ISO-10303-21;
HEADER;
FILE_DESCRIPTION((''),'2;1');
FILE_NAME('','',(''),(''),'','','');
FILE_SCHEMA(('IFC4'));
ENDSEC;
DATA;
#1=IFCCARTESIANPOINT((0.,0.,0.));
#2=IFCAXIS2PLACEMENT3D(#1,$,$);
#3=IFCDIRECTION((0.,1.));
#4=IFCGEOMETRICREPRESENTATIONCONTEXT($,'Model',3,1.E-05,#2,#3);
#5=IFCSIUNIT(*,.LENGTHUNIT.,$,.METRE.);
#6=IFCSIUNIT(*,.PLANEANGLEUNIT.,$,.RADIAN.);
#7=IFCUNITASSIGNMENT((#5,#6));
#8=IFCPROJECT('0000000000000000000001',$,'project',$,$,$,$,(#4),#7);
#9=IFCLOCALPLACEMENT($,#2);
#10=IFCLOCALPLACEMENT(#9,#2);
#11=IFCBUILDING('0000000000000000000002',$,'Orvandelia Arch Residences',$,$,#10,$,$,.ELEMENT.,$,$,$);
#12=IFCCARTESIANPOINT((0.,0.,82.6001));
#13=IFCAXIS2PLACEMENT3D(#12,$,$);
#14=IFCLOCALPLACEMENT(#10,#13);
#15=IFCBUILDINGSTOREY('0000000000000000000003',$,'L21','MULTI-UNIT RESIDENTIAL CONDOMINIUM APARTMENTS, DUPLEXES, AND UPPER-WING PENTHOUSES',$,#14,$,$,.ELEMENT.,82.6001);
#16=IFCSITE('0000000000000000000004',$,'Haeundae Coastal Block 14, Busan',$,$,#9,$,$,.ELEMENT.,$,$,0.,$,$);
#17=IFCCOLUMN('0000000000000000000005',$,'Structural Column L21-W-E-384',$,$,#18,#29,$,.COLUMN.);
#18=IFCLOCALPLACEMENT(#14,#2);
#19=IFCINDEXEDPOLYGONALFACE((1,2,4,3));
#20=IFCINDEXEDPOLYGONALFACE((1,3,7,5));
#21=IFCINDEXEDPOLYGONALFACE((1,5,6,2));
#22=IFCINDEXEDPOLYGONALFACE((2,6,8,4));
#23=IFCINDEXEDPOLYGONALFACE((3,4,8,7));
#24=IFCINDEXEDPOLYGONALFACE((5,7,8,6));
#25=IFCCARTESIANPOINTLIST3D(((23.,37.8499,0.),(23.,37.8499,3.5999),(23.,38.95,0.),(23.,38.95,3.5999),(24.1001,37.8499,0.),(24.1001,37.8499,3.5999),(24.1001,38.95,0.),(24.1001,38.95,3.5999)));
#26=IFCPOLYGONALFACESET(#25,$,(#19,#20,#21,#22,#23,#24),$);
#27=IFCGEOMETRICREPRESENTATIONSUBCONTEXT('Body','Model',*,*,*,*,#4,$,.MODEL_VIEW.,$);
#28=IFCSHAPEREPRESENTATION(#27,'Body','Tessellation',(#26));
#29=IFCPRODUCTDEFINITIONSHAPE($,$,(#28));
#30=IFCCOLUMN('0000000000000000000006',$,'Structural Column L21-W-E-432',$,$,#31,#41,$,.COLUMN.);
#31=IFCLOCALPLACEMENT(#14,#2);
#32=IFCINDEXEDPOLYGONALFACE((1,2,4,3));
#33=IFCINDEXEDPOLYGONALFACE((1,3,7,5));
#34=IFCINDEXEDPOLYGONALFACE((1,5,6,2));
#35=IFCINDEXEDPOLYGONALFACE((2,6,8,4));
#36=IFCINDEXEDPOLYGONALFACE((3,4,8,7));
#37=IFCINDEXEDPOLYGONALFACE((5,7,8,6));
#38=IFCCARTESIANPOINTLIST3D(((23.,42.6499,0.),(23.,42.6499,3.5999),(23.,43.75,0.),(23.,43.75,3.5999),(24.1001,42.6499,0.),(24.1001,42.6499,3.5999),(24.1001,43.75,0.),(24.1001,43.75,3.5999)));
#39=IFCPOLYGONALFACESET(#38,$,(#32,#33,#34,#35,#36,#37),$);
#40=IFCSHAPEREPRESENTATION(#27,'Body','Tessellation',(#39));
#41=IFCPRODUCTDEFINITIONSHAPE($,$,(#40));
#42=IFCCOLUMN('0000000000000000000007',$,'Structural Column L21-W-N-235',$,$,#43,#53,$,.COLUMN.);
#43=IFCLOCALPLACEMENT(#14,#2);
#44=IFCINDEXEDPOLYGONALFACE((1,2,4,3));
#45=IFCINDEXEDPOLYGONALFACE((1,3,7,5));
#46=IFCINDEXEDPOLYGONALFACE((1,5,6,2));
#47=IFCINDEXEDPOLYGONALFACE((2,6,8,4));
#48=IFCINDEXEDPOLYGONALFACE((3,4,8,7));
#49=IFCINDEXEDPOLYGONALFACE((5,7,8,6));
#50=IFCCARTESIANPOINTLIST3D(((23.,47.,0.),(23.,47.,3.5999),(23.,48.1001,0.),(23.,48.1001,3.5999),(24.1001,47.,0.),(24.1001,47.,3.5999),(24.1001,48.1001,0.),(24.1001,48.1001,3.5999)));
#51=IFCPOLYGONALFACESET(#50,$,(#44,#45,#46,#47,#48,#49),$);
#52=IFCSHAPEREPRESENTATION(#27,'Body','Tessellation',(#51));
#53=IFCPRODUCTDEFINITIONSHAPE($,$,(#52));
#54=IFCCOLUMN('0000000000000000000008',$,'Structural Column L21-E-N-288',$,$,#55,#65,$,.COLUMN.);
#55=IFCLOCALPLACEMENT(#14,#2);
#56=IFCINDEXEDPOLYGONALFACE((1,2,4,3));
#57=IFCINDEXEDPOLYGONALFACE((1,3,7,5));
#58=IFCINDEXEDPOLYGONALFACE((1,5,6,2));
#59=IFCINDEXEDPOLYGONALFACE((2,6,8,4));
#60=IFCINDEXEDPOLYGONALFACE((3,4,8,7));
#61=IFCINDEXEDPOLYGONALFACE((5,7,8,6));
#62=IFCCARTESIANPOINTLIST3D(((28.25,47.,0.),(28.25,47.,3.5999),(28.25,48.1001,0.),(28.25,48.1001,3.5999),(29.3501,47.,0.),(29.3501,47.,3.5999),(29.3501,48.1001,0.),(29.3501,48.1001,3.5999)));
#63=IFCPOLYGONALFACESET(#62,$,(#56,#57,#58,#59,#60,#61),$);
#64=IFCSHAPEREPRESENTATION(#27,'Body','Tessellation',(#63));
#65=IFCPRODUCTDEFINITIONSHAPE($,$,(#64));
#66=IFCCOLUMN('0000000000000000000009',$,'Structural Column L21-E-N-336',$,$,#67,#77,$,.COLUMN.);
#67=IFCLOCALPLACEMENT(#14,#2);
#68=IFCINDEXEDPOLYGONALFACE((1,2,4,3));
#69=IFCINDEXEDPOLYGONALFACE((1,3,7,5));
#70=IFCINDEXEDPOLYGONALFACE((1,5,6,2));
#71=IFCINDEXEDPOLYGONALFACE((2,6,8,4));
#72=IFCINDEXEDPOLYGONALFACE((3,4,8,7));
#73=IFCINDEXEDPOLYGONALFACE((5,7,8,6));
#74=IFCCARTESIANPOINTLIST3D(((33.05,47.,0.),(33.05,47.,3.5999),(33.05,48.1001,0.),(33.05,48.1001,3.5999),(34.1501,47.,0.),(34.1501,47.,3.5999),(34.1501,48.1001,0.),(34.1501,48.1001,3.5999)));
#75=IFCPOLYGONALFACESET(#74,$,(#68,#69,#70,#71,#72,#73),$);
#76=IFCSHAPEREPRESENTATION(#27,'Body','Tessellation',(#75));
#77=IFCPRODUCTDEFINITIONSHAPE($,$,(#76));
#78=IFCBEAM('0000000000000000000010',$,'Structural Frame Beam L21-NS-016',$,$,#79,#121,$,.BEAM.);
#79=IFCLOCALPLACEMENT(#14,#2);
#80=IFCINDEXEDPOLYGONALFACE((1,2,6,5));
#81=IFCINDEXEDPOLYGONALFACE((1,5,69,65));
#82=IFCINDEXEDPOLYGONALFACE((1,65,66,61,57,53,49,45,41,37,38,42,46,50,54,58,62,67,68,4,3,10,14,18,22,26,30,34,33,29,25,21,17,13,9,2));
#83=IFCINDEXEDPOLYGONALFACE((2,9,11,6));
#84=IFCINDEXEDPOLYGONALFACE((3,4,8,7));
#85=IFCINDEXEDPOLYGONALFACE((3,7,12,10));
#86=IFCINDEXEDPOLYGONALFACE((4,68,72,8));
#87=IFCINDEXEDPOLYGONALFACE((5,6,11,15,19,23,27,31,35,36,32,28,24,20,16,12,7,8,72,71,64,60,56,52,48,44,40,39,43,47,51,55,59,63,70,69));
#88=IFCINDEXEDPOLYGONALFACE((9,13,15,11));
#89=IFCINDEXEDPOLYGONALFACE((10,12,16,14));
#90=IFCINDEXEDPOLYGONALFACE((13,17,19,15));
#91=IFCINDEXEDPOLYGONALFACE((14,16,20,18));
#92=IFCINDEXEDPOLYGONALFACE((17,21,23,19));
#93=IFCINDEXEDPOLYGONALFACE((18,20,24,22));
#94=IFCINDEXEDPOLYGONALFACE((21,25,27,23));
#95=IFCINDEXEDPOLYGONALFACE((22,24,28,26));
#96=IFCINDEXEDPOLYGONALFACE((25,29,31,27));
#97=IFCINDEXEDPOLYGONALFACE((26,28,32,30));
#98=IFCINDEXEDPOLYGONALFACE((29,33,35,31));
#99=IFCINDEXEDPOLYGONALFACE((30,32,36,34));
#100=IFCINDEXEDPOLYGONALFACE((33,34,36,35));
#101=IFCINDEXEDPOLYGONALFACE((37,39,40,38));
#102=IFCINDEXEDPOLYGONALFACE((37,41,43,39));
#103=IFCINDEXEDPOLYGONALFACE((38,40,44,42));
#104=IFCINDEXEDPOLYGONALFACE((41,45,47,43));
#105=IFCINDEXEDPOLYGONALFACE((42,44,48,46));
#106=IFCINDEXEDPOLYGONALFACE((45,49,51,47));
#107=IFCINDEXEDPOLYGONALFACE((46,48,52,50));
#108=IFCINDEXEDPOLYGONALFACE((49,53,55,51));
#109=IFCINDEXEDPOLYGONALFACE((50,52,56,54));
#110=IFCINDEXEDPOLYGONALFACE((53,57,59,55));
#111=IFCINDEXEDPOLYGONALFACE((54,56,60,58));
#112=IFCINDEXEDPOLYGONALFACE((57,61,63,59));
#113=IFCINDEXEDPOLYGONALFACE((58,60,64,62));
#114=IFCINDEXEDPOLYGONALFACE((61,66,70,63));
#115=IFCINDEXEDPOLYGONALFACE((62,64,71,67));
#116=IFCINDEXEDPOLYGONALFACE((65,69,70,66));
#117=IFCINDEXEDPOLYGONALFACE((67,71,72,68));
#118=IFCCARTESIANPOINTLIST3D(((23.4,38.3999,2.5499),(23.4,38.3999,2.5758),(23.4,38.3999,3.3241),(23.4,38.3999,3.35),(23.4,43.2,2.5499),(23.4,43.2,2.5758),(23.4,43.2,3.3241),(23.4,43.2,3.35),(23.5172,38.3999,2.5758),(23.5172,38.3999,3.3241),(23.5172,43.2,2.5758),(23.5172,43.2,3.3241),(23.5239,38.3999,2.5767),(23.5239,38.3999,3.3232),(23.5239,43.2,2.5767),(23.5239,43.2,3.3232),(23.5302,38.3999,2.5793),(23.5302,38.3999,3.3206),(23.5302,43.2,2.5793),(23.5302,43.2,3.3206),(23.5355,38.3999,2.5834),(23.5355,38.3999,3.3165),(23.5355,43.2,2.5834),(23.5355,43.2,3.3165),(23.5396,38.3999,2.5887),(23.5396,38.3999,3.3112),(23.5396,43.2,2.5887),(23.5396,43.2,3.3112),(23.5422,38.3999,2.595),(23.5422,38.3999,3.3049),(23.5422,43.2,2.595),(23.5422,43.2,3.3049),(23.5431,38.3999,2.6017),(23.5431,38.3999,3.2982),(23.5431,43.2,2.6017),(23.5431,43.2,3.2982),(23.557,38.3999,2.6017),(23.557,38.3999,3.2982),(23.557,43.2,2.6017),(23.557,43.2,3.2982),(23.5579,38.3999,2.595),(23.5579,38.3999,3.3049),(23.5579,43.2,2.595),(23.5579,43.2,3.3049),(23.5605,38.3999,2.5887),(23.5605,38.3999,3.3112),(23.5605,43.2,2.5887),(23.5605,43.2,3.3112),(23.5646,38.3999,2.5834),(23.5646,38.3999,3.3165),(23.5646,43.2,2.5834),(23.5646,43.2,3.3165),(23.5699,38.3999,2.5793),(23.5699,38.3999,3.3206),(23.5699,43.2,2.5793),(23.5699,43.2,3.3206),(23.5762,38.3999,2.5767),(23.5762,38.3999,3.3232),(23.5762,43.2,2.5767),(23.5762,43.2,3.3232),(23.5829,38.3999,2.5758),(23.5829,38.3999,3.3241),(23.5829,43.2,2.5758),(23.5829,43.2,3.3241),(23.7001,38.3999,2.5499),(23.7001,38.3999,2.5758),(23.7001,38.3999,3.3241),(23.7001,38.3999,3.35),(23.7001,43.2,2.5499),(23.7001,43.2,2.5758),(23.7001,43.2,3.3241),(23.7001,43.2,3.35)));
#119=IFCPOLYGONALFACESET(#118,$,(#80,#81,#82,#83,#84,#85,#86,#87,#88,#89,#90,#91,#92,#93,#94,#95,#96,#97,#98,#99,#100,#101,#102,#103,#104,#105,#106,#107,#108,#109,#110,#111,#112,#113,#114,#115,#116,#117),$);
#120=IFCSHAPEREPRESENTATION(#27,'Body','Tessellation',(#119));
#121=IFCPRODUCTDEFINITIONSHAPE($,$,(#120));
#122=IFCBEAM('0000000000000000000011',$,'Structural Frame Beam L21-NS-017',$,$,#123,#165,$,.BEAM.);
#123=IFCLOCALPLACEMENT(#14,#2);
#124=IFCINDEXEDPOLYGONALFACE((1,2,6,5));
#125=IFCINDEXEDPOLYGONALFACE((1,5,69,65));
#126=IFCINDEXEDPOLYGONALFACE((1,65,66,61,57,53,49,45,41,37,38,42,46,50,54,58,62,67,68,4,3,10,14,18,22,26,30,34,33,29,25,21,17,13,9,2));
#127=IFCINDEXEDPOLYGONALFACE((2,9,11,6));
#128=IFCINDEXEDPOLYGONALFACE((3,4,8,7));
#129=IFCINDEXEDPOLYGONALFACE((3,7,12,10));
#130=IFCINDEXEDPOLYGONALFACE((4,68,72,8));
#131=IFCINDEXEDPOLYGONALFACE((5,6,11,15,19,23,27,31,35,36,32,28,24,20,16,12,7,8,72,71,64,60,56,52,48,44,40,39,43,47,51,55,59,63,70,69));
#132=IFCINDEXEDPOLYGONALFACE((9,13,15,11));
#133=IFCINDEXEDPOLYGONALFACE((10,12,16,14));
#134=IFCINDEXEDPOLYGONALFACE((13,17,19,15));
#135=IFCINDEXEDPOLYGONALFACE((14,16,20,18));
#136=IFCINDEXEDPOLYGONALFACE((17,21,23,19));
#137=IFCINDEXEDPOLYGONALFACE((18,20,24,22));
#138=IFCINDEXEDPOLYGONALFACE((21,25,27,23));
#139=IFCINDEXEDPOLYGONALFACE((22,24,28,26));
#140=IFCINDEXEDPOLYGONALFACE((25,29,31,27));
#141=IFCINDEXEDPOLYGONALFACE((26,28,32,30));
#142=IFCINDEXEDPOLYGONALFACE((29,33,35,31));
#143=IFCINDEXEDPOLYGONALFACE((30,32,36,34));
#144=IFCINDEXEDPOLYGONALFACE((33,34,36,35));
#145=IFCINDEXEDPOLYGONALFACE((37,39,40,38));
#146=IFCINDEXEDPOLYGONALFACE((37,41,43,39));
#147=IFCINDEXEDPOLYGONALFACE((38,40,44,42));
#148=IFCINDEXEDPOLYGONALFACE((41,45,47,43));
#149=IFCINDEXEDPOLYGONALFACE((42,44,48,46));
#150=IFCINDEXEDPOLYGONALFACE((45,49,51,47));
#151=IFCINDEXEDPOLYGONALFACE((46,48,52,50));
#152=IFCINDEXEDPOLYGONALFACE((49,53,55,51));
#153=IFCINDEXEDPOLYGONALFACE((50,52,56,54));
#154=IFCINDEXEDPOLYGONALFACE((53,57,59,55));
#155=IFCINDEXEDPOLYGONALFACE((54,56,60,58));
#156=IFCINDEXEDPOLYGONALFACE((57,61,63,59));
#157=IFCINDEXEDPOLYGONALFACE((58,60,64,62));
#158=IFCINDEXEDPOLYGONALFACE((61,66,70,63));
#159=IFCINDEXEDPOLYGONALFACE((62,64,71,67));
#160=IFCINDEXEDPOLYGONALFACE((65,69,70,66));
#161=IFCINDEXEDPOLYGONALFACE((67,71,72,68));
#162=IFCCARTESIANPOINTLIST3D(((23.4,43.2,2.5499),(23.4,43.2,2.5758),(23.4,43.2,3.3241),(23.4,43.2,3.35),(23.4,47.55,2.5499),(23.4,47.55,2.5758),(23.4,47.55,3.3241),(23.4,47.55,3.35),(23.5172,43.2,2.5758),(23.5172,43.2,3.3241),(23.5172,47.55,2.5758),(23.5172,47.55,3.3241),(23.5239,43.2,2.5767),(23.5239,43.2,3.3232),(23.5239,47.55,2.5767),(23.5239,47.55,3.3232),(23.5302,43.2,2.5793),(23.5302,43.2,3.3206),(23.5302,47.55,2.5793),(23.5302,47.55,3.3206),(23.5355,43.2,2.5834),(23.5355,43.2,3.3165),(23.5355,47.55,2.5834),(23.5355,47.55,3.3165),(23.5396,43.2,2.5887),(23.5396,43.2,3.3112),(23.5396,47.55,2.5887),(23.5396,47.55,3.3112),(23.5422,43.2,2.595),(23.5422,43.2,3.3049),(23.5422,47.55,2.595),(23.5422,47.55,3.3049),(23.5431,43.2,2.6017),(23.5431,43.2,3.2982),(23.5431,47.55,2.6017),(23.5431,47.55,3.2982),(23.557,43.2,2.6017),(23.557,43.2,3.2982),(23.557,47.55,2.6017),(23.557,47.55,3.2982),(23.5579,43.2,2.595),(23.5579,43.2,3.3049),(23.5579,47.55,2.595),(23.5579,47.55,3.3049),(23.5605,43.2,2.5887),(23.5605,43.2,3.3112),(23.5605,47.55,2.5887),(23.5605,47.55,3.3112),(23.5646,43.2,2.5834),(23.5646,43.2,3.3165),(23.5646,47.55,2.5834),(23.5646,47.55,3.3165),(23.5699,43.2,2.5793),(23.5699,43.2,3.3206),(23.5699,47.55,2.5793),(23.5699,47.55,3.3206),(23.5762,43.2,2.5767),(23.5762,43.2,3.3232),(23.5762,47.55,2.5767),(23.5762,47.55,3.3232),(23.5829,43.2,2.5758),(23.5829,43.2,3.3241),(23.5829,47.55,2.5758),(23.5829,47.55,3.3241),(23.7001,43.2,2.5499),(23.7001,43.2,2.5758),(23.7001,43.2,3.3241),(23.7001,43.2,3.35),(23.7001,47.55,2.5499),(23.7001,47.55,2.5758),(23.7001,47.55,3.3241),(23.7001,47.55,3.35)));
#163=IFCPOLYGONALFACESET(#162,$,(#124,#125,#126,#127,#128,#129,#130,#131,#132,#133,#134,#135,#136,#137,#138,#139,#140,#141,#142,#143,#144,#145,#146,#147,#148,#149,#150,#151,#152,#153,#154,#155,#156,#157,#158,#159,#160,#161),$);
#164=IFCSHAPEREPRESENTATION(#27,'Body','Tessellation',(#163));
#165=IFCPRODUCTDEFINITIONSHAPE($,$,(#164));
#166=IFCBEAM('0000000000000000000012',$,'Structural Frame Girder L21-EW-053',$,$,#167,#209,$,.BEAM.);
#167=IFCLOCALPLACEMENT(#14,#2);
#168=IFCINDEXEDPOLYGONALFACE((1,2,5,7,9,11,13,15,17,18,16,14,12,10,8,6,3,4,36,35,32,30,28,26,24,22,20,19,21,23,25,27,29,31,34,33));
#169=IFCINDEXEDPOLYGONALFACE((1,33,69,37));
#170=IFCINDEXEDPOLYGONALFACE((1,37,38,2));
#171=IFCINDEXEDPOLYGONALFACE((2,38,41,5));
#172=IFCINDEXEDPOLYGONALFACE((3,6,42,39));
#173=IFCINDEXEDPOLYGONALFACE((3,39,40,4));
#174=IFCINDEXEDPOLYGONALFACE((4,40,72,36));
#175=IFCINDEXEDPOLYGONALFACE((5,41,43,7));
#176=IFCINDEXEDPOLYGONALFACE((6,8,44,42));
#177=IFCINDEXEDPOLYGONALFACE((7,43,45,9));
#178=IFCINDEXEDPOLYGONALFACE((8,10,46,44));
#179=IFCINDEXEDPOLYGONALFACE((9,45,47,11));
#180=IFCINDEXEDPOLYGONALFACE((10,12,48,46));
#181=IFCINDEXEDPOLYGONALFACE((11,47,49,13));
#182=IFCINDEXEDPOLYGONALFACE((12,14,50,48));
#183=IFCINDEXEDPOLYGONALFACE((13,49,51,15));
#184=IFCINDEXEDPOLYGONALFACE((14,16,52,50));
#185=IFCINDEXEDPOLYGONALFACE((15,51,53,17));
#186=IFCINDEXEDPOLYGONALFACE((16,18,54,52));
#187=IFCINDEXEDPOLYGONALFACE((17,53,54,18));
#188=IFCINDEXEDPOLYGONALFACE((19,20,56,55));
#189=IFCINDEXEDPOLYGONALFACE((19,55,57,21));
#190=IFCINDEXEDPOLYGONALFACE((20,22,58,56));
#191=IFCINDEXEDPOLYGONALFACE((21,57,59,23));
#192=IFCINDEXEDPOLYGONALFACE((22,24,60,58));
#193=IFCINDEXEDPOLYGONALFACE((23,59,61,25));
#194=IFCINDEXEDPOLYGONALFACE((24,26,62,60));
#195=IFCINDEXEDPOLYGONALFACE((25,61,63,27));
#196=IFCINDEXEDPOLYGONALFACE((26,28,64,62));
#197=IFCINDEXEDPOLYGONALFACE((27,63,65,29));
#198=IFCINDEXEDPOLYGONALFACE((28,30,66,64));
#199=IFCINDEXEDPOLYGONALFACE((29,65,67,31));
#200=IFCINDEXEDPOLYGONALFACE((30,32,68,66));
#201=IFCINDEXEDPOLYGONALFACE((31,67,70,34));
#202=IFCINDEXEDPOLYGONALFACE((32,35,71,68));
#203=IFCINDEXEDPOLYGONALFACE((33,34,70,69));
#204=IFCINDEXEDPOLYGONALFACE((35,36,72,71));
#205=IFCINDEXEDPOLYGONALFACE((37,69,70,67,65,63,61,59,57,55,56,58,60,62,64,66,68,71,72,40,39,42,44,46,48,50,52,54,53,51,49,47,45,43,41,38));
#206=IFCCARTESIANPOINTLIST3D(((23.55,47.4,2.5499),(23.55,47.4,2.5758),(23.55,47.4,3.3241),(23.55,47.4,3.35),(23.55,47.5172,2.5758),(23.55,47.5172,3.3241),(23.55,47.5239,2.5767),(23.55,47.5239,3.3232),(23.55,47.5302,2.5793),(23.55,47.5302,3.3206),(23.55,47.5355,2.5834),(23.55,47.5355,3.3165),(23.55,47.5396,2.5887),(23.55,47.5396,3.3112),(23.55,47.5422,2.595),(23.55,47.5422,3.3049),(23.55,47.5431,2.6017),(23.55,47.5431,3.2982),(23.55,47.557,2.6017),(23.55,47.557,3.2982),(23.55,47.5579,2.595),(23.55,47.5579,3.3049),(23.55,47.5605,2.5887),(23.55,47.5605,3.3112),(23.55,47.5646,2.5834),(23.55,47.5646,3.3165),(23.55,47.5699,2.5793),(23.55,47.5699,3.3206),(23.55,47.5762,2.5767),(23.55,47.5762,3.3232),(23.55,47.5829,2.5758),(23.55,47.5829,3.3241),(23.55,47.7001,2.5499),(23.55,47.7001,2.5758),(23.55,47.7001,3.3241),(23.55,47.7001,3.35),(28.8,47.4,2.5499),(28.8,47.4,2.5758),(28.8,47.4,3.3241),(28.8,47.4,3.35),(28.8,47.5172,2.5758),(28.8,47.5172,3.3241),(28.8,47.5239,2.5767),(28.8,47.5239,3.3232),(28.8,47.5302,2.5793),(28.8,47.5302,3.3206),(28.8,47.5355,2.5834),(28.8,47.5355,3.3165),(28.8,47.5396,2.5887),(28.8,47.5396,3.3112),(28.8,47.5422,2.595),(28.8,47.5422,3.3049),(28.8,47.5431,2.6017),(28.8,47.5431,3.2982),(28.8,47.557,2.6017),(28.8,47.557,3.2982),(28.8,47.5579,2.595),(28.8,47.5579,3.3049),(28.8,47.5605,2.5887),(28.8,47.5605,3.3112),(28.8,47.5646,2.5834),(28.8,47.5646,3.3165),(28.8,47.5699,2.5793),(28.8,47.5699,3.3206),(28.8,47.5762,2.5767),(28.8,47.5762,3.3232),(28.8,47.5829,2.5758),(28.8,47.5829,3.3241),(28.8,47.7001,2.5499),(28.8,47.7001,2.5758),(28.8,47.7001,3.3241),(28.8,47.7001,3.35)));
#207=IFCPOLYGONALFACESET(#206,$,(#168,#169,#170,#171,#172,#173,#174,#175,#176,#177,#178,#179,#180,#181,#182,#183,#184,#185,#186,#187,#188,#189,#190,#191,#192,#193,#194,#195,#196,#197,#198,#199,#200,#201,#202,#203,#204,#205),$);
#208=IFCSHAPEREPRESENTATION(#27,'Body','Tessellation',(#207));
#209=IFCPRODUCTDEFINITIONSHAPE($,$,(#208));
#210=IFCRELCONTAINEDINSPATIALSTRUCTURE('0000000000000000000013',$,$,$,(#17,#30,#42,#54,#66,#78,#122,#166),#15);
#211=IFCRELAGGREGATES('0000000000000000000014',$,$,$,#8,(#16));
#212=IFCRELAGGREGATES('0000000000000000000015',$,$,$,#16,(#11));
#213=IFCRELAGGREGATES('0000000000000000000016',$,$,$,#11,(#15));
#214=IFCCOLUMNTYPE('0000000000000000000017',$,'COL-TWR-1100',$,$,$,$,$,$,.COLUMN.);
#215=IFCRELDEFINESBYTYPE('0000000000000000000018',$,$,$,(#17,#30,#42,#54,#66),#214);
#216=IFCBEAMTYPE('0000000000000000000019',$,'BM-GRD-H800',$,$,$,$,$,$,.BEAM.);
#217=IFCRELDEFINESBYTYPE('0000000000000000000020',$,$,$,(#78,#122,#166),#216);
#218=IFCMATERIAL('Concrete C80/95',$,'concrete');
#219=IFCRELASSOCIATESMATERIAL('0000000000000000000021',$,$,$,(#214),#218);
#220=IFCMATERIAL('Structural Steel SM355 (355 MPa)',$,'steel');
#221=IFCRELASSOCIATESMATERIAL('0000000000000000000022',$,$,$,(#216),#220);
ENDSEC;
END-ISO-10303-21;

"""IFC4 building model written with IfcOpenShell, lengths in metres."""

from ifc_helpers import new_model, si_unit, direction, frame, origin, origin_2d, place, context, subcontext, project, spatial, rectangle, i_section, extrude, material, material_profile, profile_set, type_object, element, save


model = new_model("IFC4")

# Units and contexts
model_context = context("Model", 3, precision=1e-05, world=origin(), true_north=direction((0.0, 1.0)))
body_context = subcontext(model_context, "Body", "Model", "MODEL_VIEW")
ifc_project = project(units=[si_unit("LENGTHUNIT", "METRE"), si_unit("PLANEANGLEUNIT", "RADIAN")], contexts=[model_context])

# Site, building, storey
site_placement = place(None, origin())
site = spatial("IfcSite", under=ifc_project, at=site_placement, Name="Haeundae Coastal Block 14, Busan", CompositionType="ELEMENT", RefElevation=0.0)
building_placement = place(site_placement, origin())
building = spatial("IfcBuilding", under=site, at=building_placement, Name="Orvandelia Arch Residences", CompositionType="ELEMENT")
storey_placement = place(building_placement, frame((0.0, 0.0, 82.6001)))
storey = spatial("IfcBuildingStorey", under=building, at=storey_placement, Name="L21", Description="MULTI-UNIT RESIDENTIAL CONDOMINIUM APARTMENTS, DUPLEXES, AND UPPER-WING PENTHOUSES", CompositionType="ELEMENT", Elevation=82.6001)

# Columns
ifc_material_1 = material(Name="Concrete C80/95", Category="concrete")
ifc_material_profile_1 = material_profile(ifc_material_1, rectangle(XDim=1.1001, YDim=1.1001, at=origin_2d()), Name="Concrete C80/95", Category="concrete")
ifc_profile_set_1 = profile_set([ifc_material_profile_1], Name="Concrete C80/95")
column_type = type_object("IfcColumnType", Name="COL-TWR-1100", PredefinedType="COLUMN", material=ifc_profile_set_1)
for number, where, z_axis, x_axis, name in (
    (1, (23.55, 38.3999, 0.0), (0.0, 0.0, 1.0), (1.0, 0.0, 0.0), "Structural Column L21-W-E-384"),
    (2, (23.55, 43.2, 0.0), (0.0, 0.0, 1.0), (1.0, 0.0, 0.0), "Structural Column L21-W-E-432"),
    (3, (23.55, 47.55, 0.0), (0.0, 0.0, 1.0), (1.0, 0.0, 0.0), "Structural Column L21-W-N-235"),
    (4, (28.8, 47.55, 0.0), (0.0, 0.0, 1.0), (1.0, 0.0, 0.0), "Structural Column L21-E-N-288"),
    (5, (33.6001, 47.55, 0.0), (0.0, 0.0, 1.0), (1.0, 0.0, 0.0), "Structural Column L21-E-N-336"),
):
    element("IfcColumn", number, at=place(storey_placement, frame(where, z_axis=z_axis, x_axis=x_axis)), inside=storey, type_object=column_type, Name=name, PredefinedType="COLUMN", context=body_context, shape_type="SweptSolid", body=[
        extrude(rectangle(XDim=1.1001, YDim=1.1001, at=origin_2d()), origin(), (0.0, 0.0, 1.0), 3.5999),
    ])

# Beams
ifc_material_2 = material(Name="Structural Steel SM355 (355 MPa)", Category="steel")
ifc_material_profile_2 = material_profile(ifc_material_2, i_section(OverallWidth=0.3, OverallDepth=0.8, WebThickness=0.0139, FlangeThickness=0.0259, FilletRadius=0.0259, at=origin_2d()), Name="Structural Steel SM355 (355 MPa)", Category="steel")
ifc_profile_set_2 = profile_set([ifc_material_profile_2], Name="Structural Steel SM355 (355 MPa)")
beam_type = type_object("IfcBeamType", Name="BM-GRD-H800", PredefinedType="BEAM", material=ifc_profile_set_2)
beam_1_placement = place(storey_placement, frame((23.55, 38.3999, 2.95), z_axis=(0.0, 1.0, 0.0), x_axis=(-1.0, 0.0, 0.0)))
element("IfcBeam", 6, at=beam_1_placement, inside=storey, type_object=beam_type, Name="Structural Frame Beam L21-NS-016", PredefinedType="BEAM", context=body_context, shape_type="SweptSolid", body=[
    extrude(i_section(OverallWidth=0.3, OverallDepth=0.8, WebThickness=0.0139, FlangeThickness=0.0259, FilletRadius=0.0259, at=origin_2d()), origin(), (0.0, 0.0, 1.0), 4.8),
])
beam_2_placement = place(storey_placement, frame((23.55, 43.2, 2.95), z_axis=(0.0, 1.0, 0.0), x_axis=(-1.0, 0.0, 0.0)))
element("IfcBeam", 7, at=beam_2_placement, inside=storey, type_object=beam_type, Name="Structural Frame Beam L21-NS-017", PredefinedType="BEAM", context=body_context, shape_type="SweptSolid", body=[
    extrude(i_section(OverallWidth=0.3, OverallDepth=0.8, WebThickness=0.0139, FlangeThickness=0.0259, FilletRadius=0.0259, at=origin_2d()), origin(), (0.0, 0.0, 1.0), 4.3501),
])
beam_3_placement = place(storey_placement, frame((23.55, 47.55, 2.95), z_axis=(1.0, 0.0, 0.0), x_axis=(0.0, 1.0, 0.0)))
element("IfcBeam", 8, at=beam_3_placement, inside=storey, type_object=beam_type, Name="Structural Frame Girder L21-EW-053", PredefinedType="BEAM", context=body_context, shape_type="SweptSolid", body=[
    extrude(i_section(OverallWidth=0.3, OverallDepth=0.8, WebThickness=0.0139, FlangeThickness=0.0259, FilletRadius=0.0259, at=origin_2d()), origin(), (0.0, 0.0, 1.0), 5.25),
])

save(model, "model.ifc")
